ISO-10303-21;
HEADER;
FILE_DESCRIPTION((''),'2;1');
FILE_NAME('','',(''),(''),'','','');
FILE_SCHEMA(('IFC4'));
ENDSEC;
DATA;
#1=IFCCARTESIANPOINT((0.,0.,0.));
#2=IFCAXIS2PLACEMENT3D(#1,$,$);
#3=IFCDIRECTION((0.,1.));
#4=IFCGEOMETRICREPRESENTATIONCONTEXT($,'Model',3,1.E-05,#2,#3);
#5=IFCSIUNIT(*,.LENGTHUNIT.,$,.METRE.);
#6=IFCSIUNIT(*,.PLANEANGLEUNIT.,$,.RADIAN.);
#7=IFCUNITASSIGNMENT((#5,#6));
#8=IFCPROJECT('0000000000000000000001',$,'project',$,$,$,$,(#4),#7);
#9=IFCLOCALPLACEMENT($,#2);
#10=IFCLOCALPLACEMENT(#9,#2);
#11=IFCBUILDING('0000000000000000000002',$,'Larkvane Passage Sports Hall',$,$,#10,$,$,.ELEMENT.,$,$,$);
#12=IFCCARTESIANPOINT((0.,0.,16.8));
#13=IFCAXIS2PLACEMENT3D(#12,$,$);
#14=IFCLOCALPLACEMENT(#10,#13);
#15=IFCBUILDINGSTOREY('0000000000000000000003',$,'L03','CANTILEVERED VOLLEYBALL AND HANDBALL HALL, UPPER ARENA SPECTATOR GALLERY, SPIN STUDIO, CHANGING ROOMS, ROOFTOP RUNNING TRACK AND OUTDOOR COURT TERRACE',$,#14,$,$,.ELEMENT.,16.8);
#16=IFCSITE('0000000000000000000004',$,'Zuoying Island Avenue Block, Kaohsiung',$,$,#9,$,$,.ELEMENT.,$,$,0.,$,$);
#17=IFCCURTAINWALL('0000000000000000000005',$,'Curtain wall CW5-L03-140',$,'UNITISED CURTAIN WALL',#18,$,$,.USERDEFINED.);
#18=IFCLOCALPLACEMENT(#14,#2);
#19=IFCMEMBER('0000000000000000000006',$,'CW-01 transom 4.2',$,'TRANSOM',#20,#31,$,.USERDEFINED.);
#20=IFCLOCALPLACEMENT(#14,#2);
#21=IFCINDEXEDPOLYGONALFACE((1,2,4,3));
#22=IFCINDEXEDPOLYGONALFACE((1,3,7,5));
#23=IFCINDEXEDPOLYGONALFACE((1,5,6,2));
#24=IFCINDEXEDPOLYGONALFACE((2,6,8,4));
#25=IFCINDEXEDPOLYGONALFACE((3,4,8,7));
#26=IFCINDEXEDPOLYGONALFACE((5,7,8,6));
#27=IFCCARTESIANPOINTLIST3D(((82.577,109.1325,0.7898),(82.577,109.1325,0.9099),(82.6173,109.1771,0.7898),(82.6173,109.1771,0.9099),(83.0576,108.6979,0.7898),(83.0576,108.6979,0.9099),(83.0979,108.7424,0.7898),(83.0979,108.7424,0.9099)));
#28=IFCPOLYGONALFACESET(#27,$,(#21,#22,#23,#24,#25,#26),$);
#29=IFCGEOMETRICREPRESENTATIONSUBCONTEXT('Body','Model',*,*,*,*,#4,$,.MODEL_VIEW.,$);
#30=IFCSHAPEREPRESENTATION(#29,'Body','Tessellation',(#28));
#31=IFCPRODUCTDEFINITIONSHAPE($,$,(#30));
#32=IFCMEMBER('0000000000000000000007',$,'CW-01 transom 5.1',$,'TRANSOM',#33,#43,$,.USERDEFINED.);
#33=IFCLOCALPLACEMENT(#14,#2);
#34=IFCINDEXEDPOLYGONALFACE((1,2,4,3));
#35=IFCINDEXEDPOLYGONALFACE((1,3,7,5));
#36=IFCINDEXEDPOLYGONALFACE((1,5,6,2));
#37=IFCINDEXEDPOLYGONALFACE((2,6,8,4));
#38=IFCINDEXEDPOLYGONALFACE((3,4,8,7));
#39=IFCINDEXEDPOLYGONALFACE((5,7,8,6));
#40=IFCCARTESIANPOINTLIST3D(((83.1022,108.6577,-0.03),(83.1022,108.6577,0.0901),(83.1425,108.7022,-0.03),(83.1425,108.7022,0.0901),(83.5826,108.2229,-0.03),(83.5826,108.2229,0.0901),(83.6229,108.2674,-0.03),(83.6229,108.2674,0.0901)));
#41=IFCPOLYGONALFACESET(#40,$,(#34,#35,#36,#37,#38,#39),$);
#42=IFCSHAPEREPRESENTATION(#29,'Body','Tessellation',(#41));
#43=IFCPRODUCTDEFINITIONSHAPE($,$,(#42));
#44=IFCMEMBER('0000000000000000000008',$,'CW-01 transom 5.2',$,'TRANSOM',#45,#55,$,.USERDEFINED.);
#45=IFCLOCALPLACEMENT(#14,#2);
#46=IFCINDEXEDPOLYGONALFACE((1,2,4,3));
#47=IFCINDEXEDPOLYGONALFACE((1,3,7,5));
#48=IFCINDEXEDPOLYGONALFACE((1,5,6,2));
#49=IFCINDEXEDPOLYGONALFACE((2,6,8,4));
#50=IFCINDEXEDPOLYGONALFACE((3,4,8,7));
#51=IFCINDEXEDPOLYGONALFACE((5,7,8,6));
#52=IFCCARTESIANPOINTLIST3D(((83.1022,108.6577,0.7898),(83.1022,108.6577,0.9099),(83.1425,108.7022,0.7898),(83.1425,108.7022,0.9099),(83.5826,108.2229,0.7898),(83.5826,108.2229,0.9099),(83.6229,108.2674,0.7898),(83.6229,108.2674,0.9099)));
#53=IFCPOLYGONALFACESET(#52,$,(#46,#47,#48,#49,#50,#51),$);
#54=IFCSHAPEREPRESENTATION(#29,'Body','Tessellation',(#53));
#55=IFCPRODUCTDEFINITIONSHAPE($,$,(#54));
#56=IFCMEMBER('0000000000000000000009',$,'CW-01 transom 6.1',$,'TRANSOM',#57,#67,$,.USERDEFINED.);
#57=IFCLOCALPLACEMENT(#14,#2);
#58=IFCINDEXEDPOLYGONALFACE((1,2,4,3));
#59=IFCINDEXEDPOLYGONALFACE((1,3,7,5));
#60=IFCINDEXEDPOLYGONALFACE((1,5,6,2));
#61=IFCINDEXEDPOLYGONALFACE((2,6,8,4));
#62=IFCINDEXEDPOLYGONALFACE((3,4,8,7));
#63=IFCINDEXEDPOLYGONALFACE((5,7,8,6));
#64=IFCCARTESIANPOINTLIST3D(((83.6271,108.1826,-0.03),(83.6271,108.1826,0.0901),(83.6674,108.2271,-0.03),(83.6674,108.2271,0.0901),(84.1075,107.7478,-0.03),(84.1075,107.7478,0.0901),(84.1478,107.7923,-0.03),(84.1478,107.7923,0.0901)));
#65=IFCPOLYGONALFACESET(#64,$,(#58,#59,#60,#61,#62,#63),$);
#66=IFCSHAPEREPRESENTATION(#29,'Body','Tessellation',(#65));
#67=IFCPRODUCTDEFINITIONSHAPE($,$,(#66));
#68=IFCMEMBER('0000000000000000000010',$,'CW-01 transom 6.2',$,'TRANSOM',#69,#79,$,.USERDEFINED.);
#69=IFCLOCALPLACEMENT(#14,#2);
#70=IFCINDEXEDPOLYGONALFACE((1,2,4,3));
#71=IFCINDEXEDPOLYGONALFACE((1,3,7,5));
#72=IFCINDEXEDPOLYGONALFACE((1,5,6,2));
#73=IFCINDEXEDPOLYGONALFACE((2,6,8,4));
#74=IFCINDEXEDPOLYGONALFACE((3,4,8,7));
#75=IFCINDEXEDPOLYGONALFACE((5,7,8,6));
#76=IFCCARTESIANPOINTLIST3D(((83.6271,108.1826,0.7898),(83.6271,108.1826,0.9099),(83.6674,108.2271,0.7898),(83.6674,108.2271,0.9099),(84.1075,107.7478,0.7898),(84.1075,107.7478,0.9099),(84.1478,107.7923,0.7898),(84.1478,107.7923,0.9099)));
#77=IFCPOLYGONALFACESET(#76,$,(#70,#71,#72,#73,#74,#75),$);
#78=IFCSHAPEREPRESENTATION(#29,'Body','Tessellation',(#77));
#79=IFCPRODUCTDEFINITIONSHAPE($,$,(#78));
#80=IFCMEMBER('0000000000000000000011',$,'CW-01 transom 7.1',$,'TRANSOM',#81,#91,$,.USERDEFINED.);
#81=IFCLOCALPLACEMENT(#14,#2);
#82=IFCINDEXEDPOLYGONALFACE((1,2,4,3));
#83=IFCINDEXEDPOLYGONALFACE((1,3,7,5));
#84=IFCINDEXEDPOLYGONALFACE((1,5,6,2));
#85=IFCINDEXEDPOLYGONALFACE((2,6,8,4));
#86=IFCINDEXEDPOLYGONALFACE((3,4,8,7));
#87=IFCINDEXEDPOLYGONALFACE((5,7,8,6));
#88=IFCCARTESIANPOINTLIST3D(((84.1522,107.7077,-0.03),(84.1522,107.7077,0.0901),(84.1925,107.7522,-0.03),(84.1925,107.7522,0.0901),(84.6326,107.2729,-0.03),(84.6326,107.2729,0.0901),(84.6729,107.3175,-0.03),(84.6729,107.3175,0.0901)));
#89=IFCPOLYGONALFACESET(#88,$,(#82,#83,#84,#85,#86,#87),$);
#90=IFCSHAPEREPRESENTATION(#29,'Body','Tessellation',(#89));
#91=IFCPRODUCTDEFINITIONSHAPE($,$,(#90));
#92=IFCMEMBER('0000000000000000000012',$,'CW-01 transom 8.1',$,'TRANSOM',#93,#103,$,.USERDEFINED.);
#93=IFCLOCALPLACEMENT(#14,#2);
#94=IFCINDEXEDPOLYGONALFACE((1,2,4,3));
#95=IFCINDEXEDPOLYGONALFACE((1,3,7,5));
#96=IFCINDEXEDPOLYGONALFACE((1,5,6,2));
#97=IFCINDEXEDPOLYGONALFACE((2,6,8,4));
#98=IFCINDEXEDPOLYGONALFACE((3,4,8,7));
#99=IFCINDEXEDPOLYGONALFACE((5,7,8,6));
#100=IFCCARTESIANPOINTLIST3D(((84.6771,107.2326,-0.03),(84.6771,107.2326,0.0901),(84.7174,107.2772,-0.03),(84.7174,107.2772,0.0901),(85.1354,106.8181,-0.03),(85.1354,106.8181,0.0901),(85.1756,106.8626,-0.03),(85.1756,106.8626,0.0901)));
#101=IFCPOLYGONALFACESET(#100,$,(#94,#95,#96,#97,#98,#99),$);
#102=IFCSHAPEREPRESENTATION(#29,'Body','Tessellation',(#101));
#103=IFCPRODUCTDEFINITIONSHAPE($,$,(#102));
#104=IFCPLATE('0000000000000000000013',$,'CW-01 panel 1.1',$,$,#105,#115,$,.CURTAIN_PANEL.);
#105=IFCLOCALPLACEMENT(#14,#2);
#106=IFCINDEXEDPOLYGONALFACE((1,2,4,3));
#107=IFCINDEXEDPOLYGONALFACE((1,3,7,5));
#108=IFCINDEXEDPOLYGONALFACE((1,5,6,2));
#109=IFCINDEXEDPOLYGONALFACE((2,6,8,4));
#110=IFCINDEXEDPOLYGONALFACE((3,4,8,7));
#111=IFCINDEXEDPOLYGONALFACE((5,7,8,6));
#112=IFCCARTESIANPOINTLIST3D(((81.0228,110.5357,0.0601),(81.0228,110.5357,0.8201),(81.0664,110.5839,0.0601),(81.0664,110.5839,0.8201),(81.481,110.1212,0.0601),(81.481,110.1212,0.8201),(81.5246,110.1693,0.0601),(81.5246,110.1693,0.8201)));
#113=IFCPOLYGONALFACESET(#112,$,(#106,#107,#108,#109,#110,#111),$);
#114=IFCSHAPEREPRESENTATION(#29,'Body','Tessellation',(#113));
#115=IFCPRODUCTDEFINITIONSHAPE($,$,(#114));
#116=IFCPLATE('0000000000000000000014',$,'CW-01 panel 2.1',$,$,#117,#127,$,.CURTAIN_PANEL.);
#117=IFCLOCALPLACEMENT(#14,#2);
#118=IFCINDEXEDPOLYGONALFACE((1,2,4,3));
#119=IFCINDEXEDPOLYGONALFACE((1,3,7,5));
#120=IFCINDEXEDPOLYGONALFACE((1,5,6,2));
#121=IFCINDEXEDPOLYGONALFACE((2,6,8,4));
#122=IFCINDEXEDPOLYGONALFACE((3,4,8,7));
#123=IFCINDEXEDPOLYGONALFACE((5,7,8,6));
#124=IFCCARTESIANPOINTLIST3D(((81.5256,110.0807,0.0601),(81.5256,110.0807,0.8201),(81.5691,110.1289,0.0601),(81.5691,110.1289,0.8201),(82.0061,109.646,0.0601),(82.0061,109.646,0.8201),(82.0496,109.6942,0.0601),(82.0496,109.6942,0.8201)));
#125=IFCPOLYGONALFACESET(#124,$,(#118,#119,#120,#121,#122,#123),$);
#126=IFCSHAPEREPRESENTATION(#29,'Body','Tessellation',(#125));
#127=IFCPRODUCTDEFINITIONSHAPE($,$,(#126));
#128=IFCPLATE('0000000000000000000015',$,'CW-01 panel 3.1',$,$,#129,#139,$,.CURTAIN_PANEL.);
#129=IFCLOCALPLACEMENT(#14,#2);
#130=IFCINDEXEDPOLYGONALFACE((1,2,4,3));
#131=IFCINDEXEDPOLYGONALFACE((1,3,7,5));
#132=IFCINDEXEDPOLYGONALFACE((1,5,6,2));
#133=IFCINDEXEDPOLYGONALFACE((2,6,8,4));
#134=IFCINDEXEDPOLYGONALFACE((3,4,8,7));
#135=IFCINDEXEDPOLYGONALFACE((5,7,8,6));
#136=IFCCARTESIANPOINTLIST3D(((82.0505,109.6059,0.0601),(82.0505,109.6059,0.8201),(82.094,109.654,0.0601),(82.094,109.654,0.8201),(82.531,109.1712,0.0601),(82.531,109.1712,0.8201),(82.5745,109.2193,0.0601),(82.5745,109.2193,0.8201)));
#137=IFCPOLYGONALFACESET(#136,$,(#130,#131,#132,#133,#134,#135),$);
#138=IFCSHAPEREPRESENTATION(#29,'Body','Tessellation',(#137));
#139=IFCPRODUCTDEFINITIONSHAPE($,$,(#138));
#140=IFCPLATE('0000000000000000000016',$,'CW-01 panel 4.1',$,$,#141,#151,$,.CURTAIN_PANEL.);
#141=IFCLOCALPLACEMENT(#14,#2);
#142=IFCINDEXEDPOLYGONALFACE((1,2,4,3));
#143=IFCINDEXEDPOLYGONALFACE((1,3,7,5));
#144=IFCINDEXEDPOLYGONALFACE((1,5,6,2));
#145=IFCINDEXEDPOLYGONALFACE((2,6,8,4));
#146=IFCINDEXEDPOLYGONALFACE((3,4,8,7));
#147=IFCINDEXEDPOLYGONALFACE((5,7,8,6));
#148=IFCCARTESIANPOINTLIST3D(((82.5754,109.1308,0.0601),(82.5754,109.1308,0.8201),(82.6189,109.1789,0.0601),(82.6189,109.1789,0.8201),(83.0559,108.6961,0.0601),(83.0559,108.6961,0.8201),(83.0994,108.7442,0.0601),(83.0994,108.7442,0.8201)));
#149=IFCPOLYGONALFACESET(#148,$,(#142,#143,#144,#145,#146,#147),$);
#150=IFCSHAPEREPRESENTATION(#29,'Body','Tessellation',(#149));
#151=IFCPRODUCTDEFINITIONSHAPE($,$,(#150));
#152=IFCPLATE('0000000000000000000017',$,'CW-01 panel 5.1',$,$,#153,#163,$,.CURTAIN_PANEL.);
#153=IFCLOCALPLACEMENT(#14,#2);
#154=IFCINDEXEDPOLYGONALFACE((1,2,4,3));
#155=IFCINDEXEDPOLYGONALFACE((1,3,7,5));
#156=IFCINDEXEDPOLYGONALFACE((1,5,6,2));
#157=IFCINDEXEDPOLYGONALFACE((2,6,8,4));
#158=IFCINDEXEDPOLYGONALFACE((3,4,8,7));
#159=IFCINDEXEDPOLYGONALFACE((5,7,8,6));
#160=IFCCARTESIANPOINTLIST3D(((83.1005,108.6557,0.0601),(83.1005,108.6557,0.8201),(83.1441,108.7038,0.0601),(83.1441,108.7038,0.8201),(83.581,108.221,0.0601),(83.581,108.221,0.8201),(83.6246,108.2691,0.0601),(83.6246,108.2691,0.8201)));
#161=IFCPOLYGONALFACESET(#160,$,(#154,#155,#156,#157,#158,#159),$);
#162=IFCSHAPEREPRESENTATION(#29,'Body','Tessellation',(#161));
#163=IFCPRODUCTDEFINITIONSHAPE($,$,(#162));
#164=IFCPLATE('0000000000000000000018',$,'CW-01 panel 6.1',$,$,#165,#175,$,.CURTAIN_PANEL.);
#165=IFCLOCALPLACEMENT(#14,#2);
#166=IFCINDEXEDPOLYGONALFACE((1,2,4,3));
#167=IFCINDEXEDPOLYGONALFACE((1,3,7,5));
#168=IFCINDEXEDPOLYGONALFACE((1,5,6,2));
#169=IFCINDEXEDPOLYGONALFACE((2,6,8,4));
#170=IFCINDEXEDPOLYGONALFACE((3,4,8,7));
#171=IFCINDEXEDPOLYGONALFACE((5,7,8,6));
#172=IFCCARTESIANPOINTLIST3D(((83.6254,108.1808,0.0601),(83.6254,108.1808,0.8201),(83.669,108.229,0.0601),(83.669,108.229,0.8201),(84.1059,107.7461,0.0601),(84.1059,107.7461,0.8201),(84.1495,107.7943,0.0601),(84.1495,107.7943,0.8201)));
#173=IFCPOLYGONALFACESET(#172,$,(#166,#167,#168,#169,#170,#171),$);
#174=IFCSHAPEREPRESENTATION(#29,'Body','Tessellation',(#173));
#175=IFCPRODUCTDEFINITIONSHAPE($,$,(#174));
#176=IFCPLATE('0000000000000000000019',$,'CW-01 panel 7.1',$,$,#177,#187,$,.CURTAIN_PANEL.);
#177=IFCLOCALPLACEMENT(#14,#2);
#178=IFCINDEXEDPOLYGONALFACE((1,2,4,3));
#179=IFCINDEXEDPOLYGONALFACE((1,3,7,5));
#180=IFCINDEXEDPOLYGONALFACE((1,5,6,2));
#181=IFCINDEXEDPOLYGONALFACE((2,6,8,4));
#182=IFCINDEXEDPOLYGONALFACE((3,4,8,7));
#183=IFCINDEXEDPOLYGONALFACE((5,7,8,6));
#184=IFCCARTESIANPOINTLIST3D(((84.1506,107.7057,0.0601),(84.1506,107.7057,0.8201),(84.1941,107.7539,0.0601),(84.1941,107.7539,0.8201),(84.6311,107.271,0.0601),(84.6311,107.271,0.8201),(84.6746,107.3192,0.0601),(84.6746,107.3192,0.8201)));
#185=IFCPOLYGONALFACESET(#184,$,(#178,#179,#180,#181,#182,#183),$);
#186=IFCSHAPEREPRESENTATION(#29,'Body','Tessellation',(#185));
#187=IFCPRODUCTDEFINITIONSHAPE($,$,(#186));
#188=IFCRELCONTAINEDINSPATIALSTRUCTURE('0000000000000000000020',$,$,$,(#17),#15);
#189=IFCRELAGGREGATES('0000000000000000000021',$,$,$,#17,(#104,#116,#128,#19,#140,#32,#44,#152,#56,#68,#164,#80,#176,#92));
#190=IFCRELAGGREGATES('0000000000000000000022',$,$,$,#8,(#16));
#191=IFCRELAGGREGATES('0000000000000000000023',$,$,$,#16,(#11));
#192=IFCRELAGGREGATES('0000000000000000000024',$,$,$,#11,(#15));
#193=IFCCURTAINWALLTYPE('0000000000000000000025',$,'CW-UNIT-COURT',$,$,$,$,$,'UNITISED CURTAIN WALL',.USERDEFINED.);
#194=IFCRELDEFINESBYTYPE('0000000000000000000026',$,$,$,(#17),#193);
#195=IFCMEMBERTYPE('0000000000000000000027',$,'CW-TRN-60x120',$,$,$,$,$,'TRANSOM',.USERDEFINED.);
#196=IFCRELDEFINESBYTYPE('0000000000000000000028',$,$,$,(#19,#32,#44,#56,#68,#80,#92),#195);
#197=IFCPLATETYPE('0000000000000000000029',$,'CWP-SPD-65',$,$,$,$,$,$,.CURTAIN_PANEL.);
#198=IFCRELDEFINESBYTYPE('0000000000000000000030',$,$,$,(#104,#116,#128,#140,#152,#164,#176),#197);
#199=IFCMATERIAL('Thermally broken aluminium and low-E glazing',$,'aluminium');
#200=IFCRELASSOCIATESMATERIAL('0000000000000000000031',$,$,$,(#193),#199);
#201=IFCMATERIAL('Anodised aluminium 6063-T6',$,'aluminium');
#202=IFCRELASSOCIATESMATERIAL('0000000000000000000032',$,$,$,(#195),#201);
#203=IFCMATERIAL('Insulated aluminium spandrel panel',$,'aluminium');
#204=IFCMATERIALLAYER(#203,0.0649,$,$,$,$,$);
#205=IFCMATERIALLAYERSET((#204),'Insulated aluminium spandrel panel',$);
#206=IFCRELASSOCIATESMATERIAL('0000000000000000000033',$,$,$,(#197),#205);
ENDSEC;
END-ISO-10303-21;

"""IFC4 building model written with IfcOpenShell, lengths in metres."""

from ifc_helpers import new_model, si_unit, direction, frame, origin, origin_2d, place, context, subcontext, project, spatial, rectangle, extrude, material, layer, layer_set, material_profile, profile_set, type_object, element, aggregate, save


model = new_model("IFC4")

# Units and contexts
model_context = context("Model", 3, precision=1e-05, world=origin(), true_north=direction((0.0, 1.0)))
body_context = subcontext(model_context, "Body", "Model", "MODEL_VIEW")
ifc_project = project(units=[si_unit("LENGTHUNIT", "METRE"), si_unit("PLANEANGLEUNIT", "RADIAN")], contexts=[model_context])

# Site, building, storey
site_placement = place(None, origin())
site = spatial("IfcSite", under=ifc_project, at=site_placement, Name="Zuoying Island Avenue Block, Kaohsiung", CompositionType="ELEMENT", RefElevation=0.0)
building_placement = place(site_placement, origin())
building = spatial("IfcBuilding", under=site, at=building_placement, Name="Larkvane Passage Sports Hall", CompositionType="ELEMENT")
storey_placement = place(building_placement, frame((0.0, 0.0, 16.8)))
storey = spatial("IfcBuildingStorey", under=building, at=storey_placement, Name="L03", Description="CANTILEVERED VOLLEYBALL AND HANDBALL HALL, UPPER ARENA SPECTATOR GALLERY, SPIN STUDIO, CHANGING ROOMS, ROOFTOP RUNNING TRACK AND OUTDOOR COURT TERRACE", CompositionType="ELEMENT", Elevation=16.8)

# Curtain wall, members, plates
ifc_material_1 = material(Name="Thermally broken aluminium and low-E glazing", Category="aluminium")
curtain_wall_type = type_object("IfcCurtainWallType", Name="CW-UNIT-COURT", ElementType="UNITISED CURTAIN WALL", PredefinedType="USERDEFINED", material=ifc_material_1)
curtain_wall_placement = place(storey_placement, origin())
curtain_wall = element("IfcCurtainWall", 1, at=curtain_wall_placement, inside=storey, type_object=curtain_wall_type, Name="Curtain wall CW5-L03-140", ObjectType="UNITISED CURTAIN WALL", PredefinedType="USERDEFINED")
ifc_material_2 = material(Name="Anodised aluminium 6063-T6", Category="aluminium")
ifc_material_profile_1 = material_profile(ifc_material_2, rectangle(XDim=0.0601, YDim=0.1201, at=origin_2d()), Name="ALU-TRN-60x120")
ifc_profile_set_1 = profile_set([ifc_material_profile_1], Name="Anodised aluminium 6063-T6")
member_type_1 = type_object("IfcMemberType", Name="CW-TRN-60x120", ElementType="TRANSOM", PredefinedType="USERDEFINED", material=ifc_profile_set_1)
member_1_placement = place(storey_placement, frame((82.5972, 109.1548, 0.8499), z_axis=(0.741643, -0.670795, 0.0), x_axis=(0.670795, 0.741643, 0.0)))
member_1 = element("IfcMember", 2, at=member_1_placement, type_object=member_type_1, Name="CW-01 transom 4.2", ObjectType="TRANSOM", PredefinedType="USERDEFINED", context=body_context, shape_type="SweptSolid", body=[
    extrude(rectangle(XDim=0.0601, YDim=0.1201, at=origin_2d()), origin(), (0.0, 0.0, 1.0), 0.6479),
])
member_2_placement = place(storey_placement, frame((83.1223, 108.6799, 0.03), z_axis=(0.741455, -0.671002, 0.0), x_axis=(0.671002, 0.741455, 0.0)))
member_2 = element("IfcMember", 3, at=member_2_placement, type_object=member_type_1, Name="CW-01 transom 5.1", ObjectType="TRANSOM", PredefinedType="USERDEFINED", context=body_context, shape_type="SweptSolid", body=[
    extrude(rectangle(XDim=0.0601, YDim=0.1201, at=origin_2d()), origin(), (0.0, 0.0, 1.0), 0.6479),
])
member_3_placement = place(storey_placement, frame((83.1223, 108.6799, 0.8499), z_axis=(0.741455, -0.671002, 0.0), x_axis=(0.671002, 0.741455, 0.0)))
member_3 = element("IfcMember", 4, at=member_3_placement, type_object=member_type_1, Name="CW-01 transom 5.2", ObjectType="TRANSOM", PredefinedType="USERDEFINED", context=body_context, shape_type="SweptSolid", body=[
    extrude(rectangle(XDim=0.0601, YDim=0.1201, at=origin_2d()), origin(), (0.0, 0.0, 1.0), 0.6479),
])
member_4_placement = place(storey_placement, frame((83.6472, 108.2048, 0.03), z_axis=(0.741455, -0.671002, 0.0), x_axis=(0.671002, 0.741455, 0.0)))
member_4 = element("IfcMember", 5, at=member_4_placement, type_object=member_type_1, Name="CW-01 transom 6.1", ObjectType="TRANSOM", PredefinedType="USERDEFINED", context=body_context, shape_type="SweptSolid", body=[
    extrude(rectangle(XDim=0.0601, YDim=0.1201, at=origin_2d()), origin(), (0.0, 0.0, 1.0), 0.6479),
])
member_5_placement = place(storey_placement, frame((83.6472, 108.2048, 0.8499), z_axis=(0.741455, -0.671002, 0.0), x_axis=(0.671002, 0.741455, 0.0)))
member_5 = element("IfcMember", 6, at=member_5_placement, type_object=member_type_1, Name="CW-01 transom 6.2", ObjectType="TRANSOM", PredefinedType="USERDEFINED", context=body_context, shape_type="SweptSolid", body=[
    extrude(rectangle(XDim=0.0601, YDim=0.1201, at=origin_2d()), origin(), (0.0, 0.0, 1.0), 0.6479),
])
member_6_placement = place(storey_placement, frame((84.1724, 107.73, 0.03), z_axis=(0.741455, -0.671002, 0.0), x_axis=(0.671002, 0.741455, 0.0)))
member_6 = element("IfcMember", 7, at=member_6_placement, type_object=member_type_1, Name="CW-01 transom 7.1", ObjectType="TRANSOM", PredefinedType="USERDEFINED", context=body_context, shape_type="SweptSolid", body=[
    extrude(rectangle(XDim=0.0601, YDim=0.1201, at=origin_2d()), origin(), (0.0, 0.0, 1.0), 0.6479),
])
member_7_placement = place(storey_placement, frame((84.6973, 107.2549, 0.03), z_axis=(0.741583, -0.670862, 0.0), x_axis=(0.670862, 0.741583, 0.0)))
member_7 = element("IfcMember", 8, at=member_7_placement, type_object=member_type_1, Name="CW-01 transom 8.1", ObjectType="TRANSOM", PredefinedType="USERDEFINED", context=body_context, shape_type="SweptSolid", body=[
    extrude(rectangle(XDim=0.0601, YDim=0.1201, at=origin_2d()), origin(), (0.0, 0.0, 1.0), 0.6179),
])
ifc_material_3 = material(Name="Insulated aluminium spandrel panel", Category="aluminium")
ifc_layer_1 = layer(ifc_material_3, 0.0649)
ifc_layer_set_1 = layer_set([ifc_layer_1], Name="Insulated aluminium spandrel panel")
plate_type = type_object("IfcPlateType", Name="CWP-SPD-65", PredefinedType="CURTAIN_PANEL", material=ifc_layer_set_1)
plate_1_placement = place(storey_placement, frame((81.2737, 110.3525, 0.0601), z_axis=(0.0, 0.0, 1.0), x_axis=(0.741536, -0.670913, 0.0)))
plate_1 = element("IfcPlate", 9, at=plate_1_placement, type_object=plate_type, Name="CW-01 panel 1.1", PredefinedType="CURTAIN_PANEL", context=body_context, shape_type="SweptSolid", body=[
    extrude(rectangle(XDim=0.6179, YDim=0.0649, at=origin_2d()), origin(), (0.0, 0.0, 1.0), 0.76),
])
plate_2_placement = place(storey_placement, frame((81.7876, 109.8875, 0.0601), z_axis=(0.0, 0.0, 1.0), x_axis=(0.741536, -0.670913, 0.0)))
plate_2 = element("IfcPlate", 10, at=plate_2_placement, type_object=plate_type, Name="CW-01 panel 2.1", PredefinedType="CURTAIN_PANEL", context=body_context, shape_type="SweptSolid", body=[
    extrude(rectangle(XDim=0.6479, YDim=0.0649, at=origin_2d()), origin(), (0.0, 0.0, 1.0), 0.76),
])
plate_3_placement = place(storey_placement, frame((82.3125, 109.4126, 0.0601), z_axis=(0.0, 0.0, 1.0), x_axis=(0.741536, -0.670913, 0.0)))
plate_3 = element("IfcPlate", 11, at=plate_3_placement, type_object=plate_type, Name="CW-01 panel 3.1", PredefinedType="CURTAIN_PANEL", context=body_context, shape_type="SweptSolid", body=[
    extrude(rectangle(XDim=0.6479, YDim=0.0649, at=origin_2d()), origin(), (0.0, 0.0, 1.0), 0.76),
])
plate_4_placement = place(storey_placement, frame((82.8374, 108.9375, 0.0601), z_axis=(0.0, 0.0, 1.0), x_axis=(0.741536, -0.670913, 0.0)))
plate_4 = element("IfcPlate", 12, at=plate_4_placement, type_object=plate_type, Name="CW-01 panel 4.1", PredefinedType="CURTAIN_PANEL", context=body_context, shape_type="SweptSolid", body=[
    extrude(rectangle(XDim=0.6479, YDim=0.0649, at=origin_2d()), origin(), (0.0, 0.0, 1.0), 0.76),
])
plate_5_placement = place(storey_placement, frame((83.3625, 108.4624, 0.0601), z_axis=(0.0, 0.0, 1.0), x_axis=(0.741536, -0.670913, 0.0)))
plate_5 = element("IfcPlate", 13, at=plate_5_placement, type_object=plate_type, Name="CW-01 panel 5.1", PredefinedType="CURTAIN_PANEL", context=body_context, shape_type="SweptSolid", body=[
    extrude(rectangle(XDim=0.6479, YDim=0.0649, at=origin_2d()), origin(), (0.0, 0.0, 1.0), 0.76),
])
plate_6_placement = place(storey_placement, frame((83.8875, 107.9875, 0.0601), z_axis=(0.0, 0.0, 1.0), x_axis=(0.741536, -0.670913, 0.0)))
plate_6 = element("IfcPlate", 14, at=plate_6_placement, type_object=plate_type, Name="CW-01 panel 6.1", PredefinedType="CURTAIN_PANEL", context=body_context, shape_type="SweptSolid", body=[
    extrude(rectangle(XDim=0.6479, YDim=0.0649, at=origin_2d()), origin(), (0.0, 0.0, 1.0), 0.76),
])
plate_7_placement = place(storey_placement, frame((84.4126, 107.5125, 0.0601), z_axis=(0.0, 0.0, 1.0), x_axis=(0.741536, -0.670913, 0.0)))
plate_7 = element("IfcPlate", 15, at=plate_7_placement, type_object=plate_type, Name="CW-01 panel 7.1", PredefinedType="CURTAIN_PANEL", context=body_context, shape_type="SweptSolid", body=[
    extrude(rectangle(XDim=0.6479, YDim=0.0649, at=origin_2d()), origin(), (0.0, 0.0, 1.0), 0.76),
])
aggregate(curtain_wall, [plate_1, plate_2, plate_3, member_1, plate_4, member_2, member_3, plate_5, member_4, member_5, plate_6, member_6, plate_7, member_7])

save(model, "model.ifc")
